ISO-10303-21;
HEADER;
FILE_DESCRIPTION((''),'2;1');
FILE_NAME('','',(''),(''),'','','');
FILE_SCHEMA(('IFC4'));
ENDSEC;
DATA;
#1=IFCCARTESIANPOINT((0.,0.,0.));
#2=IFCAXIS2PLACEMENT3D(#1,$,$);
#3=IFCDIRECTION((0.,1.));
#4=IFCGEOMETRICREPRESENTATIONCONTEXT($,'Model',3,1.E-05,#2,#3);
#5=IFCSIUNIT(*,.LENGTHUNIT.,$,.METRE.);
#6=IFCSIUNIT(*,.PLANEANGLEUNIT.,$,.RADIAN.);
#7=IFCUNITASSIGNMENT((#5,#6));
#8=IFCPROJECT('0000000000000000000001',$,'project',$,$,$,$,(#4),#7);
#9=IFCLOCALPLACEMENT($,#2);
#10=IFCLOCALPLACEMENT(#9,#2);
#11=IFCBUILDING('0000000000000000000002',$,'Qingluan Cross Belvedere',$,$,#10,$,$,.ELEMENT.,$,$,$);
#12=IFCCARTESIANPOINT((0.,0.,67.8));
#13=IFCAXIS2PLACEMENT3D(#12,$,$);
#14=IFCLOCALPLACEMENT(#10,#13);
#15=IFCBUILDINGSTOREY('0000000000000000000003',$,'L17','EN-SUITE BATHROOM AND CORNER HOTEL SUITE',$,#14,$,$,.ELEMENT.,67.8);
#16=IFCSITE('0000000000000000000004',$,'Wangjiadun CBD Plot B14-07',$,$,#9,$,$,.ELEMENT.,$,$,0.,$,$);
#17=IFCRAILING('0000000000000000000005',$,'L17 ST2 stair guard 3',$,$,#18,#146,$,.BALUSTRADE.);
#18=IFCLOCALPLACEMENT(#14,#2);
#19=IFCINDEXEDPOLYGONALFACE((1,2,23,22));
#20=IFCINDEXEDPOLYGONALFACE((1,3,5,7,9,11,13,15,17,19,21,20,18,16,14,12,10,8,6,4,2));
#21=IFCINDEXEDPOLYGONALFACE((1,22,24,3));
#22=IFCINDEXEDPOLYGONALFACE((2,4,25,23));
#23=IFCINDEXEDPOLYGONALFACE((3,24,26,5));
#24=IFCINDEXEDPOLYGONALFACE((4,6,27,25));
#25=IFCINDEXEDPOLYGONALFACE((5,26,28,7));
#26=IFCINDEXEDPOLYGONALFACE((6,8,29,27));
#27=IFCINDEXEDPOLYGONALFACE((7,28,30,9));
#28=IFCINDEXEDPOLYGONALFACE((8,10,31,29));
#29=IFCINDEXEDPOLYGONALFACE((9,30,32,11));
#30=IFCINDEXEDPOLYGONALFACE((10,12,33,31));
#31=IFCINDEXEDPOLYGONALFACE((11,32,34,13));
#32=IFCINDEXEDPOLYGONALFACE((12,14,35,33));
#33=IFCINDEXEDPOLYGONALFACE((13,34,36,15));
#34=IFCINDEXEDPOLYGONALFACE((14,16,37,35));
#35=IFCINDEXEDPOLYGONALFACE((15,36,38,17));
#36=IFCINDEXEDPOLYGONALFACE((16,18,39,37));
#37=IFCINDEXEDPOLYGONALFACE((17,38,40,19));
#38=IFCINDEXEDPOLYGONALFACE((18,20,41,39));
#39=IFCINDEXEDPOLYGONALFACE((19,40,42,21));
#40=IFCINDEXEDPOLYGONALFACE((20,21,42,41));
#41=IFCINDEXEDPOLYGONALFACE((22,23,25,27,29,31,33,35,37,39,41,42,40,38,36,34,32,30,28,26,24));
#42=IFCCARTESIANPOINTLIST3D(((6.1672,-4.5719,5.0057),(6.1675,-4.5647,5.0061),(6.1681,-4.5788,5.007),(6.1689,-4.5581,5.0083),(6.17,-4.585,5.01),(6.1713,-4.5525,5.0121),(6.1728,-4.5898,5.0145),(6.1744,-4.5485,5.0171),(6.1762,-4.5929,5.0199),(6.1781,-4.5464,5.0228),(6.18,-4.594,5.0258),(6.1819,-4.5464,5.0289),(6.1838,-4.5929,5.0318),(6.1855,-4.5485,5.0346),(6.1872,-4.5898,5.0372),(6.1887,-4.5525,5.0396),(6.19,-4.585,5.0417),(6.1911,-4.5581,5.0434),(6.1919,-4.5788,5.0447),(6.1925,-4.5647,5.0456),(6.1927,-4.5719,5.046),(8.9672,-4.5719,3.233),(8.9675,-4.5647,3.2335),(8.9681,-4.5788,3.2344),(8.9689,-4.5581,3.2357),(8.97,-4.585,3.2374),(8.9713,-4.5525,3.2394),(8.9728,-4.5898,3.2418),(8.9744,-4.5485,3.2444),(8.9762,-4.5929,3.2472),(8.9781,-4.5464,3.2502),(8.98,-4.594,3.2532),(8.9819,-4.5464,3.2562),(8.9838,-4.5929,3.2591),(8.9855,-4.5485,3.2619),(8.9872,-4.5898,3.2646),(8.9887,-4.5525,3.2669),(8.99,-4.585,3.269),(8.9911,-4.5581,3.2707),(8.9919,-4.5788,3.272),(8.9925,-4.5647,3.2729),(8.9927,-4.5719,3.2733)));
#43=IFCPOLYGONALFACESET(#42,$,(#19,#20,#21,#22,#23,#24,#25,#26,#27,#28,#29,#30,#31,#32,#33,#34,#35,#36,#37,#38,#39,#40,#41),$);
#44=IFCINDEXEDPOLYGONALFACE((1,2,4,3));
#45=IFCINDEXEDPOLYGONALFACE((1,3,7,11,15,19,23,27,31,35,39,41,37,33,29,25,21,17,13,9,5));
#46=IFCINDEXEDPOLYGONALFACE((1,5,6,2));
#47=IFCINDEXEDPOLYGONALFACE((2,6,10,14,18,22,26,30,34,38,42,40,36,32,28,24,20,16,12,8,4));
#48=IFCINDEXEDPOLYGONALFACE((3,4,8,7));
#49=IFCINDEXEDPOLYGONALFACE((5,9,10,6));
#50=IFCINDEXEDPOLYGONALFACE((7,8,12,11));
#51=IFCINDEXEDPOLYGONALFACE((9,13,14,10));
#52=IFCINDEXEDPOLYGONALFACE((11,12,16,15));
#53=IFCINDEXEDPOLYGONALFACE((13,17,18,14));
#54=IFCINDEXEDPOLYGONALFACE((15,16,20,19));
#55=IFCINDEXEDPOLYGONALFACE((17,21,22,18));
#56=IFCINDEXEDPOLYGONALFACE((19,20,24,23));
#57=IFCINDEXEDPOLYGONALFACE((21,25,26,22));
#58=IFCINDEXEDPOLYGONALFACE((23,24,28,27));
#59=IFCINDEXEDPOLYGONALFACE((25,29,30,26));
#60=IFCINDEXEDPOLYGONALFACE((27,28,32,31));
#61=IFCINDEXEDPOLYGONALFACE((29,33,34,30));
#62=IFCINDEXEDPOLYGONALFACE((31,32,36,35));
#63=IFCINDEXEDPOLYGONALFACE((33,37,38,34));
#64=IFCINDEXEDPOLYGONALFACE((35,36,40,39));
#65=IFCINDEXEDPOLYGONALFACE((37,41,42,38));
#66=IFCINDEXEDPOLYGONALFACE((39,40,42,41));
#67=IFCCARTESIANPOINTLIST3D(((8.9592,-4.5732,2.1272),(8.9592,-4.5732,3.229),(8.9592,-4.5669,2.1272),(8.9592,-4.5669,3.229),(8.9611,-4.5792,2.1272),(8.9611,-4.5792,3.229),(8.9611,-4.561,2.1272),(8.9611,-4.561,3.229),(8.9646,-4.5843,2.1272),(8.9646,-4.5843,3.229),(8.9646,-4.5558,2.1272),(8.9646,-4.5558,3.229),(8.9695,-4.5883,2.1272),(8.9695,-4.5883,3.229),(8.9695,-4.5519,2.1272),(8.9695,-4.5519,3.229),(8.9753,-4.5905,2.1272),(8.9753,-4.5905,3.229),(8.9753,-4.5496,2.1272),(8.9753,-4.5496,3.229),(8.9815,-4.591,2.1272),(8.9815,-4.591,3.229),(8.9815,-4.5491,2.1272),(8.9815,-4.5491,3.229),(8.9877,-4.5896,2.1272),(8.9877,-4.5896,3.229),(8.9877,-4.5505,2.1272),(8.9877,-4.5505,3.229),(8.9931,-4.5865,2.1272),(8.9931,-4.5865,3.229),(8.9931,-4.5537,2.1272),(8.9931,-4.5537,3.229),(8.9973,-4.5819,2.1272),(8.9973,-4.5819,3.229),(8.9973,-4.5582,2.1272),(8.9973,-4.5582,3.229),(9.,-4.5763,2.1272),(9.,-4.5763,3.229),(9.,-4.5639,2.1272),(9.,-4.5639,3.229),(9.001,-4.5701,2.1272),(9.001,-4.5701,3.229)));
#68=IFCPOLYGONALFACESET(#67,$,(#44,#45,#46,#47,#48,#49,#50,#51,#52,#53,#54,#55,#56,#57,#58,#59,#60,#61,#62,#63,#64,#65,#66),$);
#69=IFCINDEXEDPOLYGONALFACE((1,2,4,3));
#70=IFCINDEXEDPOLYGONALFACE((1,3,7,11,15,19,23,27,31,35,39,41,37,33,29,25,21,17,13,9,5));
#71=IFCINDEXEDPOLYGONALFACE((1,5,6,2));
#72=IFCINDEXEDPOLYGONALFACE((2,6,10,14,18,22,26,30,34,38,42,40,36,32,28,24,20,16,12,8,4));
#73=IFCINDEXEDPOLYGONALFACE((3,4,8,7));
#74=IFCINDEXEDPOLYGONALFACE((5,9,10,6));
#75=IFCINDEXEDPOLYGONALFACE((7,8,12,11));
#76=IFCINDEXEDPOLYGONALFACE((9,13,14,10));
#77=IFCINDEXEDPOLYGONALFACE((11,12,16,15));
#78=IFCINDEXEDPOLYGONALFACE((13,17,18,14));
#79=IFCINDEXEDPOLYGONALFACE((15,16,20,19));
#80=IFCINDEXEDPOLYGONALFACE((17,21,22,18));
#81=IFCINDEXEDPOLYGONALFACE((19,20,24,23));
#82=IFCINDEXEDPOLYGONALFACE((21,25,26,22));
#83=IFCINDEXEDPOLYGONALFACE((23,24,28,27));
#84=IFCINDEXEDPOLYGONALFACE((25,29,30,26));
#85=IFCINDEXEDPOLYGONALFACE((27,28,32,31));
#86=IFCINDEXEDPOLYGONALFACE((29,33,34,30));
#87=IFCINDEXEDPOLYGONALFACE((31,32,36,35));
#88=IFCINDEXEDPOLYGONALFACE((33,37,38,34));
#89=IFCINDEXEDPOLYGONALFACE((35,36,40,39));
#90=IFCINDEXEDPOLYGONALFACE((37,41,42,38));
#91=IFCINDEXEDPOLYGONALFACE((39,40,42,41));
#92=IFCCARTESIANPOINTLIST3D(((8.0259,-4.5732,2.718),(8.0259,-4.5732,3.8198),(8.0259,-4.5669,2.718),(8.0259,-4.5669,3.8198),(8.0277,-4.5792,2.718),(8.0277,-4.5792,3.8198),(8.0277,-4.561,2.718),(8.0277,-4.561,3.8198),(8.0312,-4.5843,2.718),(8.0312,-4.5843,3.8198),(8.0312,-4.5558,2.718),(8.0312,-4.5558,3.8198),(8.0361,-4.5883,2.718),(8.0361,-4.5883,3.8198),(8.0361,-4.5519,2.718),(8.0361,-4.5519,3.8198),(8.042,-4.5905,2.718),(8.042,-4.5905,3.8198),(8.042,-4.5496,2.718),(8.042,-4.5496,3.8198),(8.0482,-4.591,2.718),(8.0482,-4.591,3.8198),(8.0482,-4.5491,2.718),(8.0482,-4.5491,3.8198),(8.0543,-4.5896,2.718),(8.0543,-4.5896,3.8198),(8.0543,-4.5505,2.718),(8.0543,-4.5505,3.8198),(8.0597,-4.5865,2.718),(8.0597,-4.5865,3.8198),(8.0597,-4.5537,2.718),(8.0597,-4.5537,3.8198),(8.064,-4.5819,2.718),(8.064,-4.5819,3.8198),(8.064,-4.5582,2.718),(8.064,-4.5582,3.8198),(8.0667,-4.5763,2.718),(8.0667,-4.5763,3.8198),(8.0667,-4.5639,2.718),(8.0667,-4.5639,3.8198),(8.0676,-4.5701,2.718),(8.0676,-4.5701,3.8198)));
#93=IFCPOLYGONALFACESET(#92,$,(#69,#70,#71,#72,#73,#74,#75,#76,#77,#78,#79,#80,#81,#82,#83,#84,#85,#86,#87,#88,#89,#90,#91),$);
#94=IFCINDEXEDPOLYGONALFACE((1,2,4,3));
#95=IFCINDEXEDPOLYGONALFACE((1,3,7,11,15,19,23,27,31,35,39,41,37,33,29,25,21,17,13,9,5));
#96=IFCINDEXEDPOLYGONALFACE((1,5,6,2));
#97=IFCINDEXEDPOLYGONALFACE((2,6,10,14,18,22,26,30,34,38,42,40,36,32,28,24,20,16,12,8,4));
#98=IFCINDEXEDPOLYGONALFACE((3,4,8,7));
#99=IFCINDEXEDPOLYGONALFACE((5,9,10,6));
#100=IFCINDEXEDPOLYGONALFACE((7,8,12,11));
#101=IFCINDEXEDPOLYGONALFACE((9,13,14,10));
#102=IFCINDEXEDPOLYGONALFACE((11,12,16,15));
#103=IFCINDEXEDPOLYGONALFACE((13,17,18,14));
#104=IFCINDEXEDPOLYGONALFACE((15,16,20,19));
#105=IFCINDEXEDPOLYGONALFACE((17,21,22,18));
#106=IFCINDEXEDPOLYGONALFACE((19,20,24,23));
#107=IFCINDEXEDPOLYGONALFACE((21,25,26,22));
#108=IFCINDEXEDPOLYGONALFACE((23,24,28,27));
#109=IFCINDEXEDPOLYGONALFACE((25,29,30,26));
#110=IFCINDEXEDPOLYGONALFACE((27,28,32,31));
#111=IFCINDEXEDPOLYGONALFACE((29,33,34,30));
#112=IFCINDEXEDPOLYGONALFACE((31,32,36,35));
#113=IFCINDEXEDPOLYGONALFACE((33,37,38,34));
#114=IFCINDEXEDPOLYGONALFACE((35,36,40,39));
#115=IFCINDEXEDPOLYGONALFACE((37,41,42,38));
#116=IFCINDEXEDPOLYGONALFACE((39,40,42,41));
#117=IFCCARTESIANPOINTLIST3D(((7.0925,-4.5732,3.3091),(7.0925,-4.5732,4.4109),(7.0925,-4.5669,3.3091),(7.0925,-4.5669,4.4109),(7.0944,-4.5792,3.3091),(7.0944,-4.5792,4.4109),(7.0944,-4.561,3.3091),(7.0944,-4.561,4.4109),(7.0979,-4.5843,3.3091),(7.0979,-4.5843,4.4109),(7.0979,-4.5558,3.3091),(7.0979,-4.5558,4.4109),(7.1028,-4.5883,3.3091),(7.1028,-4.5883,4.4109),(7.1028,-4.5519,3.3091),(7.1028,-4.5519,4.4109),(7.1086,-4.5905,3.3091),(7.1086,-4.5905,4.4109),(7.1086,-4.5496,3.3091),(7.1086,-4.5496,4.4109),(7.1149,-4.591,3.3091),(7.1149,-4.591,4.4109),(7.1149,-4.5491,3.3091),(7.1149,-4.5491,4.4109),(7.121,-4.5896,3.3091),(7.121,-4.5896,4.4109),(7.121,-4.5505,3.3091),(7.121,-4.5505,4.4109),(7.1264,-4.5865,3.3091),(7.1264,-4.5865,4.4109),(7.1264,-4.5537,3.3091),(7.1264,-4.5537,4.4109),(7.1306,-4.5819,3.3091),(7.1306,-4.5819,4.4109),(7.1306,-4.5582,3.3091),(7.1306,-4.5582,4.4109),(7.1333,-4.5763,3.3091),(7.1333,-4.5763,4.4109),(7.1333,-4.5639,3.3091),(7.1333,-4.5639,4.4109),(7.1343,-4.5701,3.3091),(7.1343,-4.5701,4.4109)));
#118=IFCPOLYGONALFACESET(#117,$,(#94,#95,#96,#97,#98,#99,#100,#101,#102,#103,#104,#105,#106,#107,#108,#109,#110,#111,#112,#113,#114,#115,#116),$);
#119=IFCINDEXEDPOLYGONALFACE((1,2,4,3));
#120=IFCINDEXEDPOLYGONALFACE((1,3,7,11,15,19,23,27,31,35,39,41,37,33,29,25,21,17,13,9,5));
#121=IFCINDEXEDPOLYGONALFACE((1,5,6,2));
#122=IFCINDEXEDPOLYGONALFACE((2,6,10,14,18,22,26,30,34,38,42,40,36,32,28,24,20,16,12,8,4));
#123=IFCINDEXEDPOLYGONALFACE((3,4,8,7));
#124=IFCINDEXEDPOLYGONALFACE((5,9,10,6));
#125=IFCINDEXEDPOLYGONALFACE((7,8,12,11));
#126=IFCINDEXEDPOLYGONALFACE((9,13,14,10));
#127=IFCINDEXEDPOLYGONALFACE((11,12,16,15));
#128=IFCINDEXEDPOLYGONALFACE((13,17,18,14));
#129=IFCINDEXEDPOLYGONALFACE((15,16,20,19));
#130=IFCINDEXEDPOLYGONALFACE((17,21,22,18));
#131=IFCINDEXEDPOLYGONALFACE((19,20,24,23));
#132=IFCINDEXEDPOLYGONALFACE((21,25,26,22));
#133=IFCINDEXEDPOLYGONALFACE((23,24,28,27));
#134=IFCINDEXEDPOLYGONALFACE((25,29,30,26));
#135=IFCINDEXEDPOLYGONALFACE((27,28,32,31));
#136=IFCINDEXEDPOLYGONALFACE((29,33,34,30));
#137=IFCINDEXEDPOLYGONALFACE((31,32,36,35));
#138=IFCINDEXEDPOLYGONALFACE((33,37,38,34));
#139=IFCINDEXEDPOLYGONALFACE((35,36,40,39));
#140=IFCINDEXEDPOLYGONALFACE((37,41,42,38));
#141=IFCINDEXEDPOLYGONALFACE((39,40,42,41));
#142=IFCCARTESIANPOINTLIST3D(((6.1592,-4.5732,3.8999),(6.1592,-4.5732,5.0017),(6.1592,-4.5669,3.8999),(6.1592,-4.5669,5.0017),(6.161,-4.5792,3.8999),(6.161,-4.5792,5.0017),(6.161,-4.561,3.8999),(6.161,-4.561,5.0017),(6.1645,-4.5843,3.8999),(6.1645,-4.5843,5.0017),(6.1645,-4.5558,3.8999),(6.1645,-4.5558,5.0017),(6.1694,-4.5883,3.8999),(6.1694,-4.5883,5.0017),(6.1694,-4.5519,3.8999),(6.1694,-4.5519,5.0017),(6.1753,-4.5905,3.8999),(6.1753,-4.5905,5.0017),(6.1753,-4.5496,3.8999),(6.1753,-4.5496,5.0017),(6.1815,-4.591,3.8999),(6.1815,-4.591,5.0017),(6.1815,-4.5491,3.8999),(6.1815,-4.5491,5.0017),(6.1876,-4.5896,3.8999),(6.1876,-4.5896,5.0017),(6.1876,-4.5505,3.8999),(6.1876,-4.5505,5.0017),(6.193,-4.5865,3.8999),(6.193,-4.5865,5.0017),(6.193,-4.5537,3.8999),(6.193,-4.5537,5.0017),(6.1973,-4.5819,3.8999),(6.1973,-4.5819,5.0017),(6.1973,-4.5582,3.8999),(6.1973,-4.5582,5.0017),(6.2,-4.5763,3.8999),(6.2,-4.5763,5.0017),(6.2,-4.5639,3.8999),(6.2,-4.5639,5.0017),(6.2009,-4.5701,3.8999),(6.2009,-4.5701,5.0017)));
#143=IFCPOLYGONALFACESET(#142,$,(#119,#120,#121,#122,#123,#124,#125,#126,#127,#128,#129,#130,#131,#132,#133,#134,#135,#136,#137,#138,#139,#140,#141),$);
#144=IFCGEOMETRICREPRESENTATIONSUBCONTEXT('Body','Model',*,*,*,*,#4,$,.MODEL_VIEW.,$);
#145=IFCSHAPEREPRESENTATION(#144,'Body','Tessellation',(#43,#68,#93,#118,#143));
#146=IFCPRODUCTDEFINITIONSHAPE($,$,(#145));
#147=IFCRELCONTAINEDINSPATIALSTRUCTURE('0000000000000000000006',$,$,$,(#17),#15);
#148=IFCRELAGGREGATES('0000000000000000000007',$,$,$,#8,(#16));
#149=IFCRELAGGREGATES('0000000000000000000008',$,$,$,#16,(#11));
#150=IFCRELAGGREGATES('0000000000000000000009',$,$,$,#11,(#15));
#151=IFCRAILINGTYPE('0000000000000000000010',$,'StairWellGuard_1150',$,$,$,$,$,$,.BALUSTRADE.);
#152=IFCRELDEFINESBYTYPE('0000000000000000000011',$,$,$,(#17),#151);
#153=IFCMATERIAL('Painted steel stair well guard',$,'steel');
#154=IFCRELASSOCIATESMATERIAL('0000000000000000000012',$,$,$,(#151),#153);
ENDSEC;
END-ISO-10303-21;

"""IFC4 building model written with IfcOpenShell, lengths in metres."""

from ifc_helpers import new_model, si_unit, direction, frame, origin, origin_2d, place, context, subcontext, project, spatial, circle, extrude, material, type_object, element, save


model = new_model("IFC4")

# Units and contexts
model_context = context("Model", 3, precision=1e-05, world=origin(), true_north=direction((0.0, 1.0)))
body_context = subcontext(model_context, "Body", "Model", "MODEL_VIEW")
ifc_project = project(units=[si_unit("LENGTHUNIT", "METRE"), si_unit("PLANEANGLEUNIT", "RADIAN")], contexts=[model_context])

# Site, building, storey
site_placement = place(None, origin())
site = spatial("IfcSite", under=ifc_project, at=site_placement, Name="Wangjiadun CBD Plot B14-07", CompositionType="ELEMENT", RefElevation=0.0)
building_placement = place(site_placement, origin())
building = spatial("IfcBuilding", under=site, at=building_placement, Name="Qingluan Cross Belvedere", CompositionType="ELEMENT")
storey_placement = place(building_placement, frame((0.0, 0.0, 67.8)))
storey = spatial("IfcBuildingStorey", under=building, at=storey_placement, Name="L17", Description="EN-SUITE BATHROOM AND CORNER HOTEL SUITE", CompositionType="ELEMENT", Elevation=67.8)

# Railing
ifc_material_1 = material(Name="Painted steel stair well guard", Category="steel")
railing_type_1 = type_object("IfcRailingType", Name="StairWellGuard_1150", PredefinedType="BALUSTRADE", material=ifc_material_1)
railing_1_placement = place(storey_placement, frame((8.98, -4.5701, 2.1272)))
element("IfcRailing", 1, at=railing_1_placement, inside=storey, type_object=railing_type_1, Name="L17 ST2 stair guard 3", PredefinedType="BALUSTRADE", context=body_context, shape_type="SweptSolid", body=[
    extrude(circle(Radius=0.0239, at=origin_2d()), frame((0.0, 0.0, 1.126), z_axis=(-0.844909, 0.0, 0.53491), x_axis=(0.0, -1.0, 0.0)), (0.0, 0.0, 1.0), 3.314),
    extrude(circle(Radius=0.021, at=origin_2d()), origin(), (0.0, 0.0, 1.0), 1.1018),
    extrude(circle(Radius=0.021, at=origin_2d()), frame((-0.9333, 0.0, 0.5908)), (0.0, 0.0, 1.0), 1.1018),
    extrude(circle(Radius=0.021, at=origin_2d()), frame((-1.8667, 0.0, 1.1819)), (0.0, 0.0, 1.0), 1.1018),
    extrude(circle(Radius=0.021, at=origin_2d()), frame((-2.8, 0.0, 1.7727)), (0.0, 0.0, 1.0), 1.1018),
])

save(model, "model.ifc")
